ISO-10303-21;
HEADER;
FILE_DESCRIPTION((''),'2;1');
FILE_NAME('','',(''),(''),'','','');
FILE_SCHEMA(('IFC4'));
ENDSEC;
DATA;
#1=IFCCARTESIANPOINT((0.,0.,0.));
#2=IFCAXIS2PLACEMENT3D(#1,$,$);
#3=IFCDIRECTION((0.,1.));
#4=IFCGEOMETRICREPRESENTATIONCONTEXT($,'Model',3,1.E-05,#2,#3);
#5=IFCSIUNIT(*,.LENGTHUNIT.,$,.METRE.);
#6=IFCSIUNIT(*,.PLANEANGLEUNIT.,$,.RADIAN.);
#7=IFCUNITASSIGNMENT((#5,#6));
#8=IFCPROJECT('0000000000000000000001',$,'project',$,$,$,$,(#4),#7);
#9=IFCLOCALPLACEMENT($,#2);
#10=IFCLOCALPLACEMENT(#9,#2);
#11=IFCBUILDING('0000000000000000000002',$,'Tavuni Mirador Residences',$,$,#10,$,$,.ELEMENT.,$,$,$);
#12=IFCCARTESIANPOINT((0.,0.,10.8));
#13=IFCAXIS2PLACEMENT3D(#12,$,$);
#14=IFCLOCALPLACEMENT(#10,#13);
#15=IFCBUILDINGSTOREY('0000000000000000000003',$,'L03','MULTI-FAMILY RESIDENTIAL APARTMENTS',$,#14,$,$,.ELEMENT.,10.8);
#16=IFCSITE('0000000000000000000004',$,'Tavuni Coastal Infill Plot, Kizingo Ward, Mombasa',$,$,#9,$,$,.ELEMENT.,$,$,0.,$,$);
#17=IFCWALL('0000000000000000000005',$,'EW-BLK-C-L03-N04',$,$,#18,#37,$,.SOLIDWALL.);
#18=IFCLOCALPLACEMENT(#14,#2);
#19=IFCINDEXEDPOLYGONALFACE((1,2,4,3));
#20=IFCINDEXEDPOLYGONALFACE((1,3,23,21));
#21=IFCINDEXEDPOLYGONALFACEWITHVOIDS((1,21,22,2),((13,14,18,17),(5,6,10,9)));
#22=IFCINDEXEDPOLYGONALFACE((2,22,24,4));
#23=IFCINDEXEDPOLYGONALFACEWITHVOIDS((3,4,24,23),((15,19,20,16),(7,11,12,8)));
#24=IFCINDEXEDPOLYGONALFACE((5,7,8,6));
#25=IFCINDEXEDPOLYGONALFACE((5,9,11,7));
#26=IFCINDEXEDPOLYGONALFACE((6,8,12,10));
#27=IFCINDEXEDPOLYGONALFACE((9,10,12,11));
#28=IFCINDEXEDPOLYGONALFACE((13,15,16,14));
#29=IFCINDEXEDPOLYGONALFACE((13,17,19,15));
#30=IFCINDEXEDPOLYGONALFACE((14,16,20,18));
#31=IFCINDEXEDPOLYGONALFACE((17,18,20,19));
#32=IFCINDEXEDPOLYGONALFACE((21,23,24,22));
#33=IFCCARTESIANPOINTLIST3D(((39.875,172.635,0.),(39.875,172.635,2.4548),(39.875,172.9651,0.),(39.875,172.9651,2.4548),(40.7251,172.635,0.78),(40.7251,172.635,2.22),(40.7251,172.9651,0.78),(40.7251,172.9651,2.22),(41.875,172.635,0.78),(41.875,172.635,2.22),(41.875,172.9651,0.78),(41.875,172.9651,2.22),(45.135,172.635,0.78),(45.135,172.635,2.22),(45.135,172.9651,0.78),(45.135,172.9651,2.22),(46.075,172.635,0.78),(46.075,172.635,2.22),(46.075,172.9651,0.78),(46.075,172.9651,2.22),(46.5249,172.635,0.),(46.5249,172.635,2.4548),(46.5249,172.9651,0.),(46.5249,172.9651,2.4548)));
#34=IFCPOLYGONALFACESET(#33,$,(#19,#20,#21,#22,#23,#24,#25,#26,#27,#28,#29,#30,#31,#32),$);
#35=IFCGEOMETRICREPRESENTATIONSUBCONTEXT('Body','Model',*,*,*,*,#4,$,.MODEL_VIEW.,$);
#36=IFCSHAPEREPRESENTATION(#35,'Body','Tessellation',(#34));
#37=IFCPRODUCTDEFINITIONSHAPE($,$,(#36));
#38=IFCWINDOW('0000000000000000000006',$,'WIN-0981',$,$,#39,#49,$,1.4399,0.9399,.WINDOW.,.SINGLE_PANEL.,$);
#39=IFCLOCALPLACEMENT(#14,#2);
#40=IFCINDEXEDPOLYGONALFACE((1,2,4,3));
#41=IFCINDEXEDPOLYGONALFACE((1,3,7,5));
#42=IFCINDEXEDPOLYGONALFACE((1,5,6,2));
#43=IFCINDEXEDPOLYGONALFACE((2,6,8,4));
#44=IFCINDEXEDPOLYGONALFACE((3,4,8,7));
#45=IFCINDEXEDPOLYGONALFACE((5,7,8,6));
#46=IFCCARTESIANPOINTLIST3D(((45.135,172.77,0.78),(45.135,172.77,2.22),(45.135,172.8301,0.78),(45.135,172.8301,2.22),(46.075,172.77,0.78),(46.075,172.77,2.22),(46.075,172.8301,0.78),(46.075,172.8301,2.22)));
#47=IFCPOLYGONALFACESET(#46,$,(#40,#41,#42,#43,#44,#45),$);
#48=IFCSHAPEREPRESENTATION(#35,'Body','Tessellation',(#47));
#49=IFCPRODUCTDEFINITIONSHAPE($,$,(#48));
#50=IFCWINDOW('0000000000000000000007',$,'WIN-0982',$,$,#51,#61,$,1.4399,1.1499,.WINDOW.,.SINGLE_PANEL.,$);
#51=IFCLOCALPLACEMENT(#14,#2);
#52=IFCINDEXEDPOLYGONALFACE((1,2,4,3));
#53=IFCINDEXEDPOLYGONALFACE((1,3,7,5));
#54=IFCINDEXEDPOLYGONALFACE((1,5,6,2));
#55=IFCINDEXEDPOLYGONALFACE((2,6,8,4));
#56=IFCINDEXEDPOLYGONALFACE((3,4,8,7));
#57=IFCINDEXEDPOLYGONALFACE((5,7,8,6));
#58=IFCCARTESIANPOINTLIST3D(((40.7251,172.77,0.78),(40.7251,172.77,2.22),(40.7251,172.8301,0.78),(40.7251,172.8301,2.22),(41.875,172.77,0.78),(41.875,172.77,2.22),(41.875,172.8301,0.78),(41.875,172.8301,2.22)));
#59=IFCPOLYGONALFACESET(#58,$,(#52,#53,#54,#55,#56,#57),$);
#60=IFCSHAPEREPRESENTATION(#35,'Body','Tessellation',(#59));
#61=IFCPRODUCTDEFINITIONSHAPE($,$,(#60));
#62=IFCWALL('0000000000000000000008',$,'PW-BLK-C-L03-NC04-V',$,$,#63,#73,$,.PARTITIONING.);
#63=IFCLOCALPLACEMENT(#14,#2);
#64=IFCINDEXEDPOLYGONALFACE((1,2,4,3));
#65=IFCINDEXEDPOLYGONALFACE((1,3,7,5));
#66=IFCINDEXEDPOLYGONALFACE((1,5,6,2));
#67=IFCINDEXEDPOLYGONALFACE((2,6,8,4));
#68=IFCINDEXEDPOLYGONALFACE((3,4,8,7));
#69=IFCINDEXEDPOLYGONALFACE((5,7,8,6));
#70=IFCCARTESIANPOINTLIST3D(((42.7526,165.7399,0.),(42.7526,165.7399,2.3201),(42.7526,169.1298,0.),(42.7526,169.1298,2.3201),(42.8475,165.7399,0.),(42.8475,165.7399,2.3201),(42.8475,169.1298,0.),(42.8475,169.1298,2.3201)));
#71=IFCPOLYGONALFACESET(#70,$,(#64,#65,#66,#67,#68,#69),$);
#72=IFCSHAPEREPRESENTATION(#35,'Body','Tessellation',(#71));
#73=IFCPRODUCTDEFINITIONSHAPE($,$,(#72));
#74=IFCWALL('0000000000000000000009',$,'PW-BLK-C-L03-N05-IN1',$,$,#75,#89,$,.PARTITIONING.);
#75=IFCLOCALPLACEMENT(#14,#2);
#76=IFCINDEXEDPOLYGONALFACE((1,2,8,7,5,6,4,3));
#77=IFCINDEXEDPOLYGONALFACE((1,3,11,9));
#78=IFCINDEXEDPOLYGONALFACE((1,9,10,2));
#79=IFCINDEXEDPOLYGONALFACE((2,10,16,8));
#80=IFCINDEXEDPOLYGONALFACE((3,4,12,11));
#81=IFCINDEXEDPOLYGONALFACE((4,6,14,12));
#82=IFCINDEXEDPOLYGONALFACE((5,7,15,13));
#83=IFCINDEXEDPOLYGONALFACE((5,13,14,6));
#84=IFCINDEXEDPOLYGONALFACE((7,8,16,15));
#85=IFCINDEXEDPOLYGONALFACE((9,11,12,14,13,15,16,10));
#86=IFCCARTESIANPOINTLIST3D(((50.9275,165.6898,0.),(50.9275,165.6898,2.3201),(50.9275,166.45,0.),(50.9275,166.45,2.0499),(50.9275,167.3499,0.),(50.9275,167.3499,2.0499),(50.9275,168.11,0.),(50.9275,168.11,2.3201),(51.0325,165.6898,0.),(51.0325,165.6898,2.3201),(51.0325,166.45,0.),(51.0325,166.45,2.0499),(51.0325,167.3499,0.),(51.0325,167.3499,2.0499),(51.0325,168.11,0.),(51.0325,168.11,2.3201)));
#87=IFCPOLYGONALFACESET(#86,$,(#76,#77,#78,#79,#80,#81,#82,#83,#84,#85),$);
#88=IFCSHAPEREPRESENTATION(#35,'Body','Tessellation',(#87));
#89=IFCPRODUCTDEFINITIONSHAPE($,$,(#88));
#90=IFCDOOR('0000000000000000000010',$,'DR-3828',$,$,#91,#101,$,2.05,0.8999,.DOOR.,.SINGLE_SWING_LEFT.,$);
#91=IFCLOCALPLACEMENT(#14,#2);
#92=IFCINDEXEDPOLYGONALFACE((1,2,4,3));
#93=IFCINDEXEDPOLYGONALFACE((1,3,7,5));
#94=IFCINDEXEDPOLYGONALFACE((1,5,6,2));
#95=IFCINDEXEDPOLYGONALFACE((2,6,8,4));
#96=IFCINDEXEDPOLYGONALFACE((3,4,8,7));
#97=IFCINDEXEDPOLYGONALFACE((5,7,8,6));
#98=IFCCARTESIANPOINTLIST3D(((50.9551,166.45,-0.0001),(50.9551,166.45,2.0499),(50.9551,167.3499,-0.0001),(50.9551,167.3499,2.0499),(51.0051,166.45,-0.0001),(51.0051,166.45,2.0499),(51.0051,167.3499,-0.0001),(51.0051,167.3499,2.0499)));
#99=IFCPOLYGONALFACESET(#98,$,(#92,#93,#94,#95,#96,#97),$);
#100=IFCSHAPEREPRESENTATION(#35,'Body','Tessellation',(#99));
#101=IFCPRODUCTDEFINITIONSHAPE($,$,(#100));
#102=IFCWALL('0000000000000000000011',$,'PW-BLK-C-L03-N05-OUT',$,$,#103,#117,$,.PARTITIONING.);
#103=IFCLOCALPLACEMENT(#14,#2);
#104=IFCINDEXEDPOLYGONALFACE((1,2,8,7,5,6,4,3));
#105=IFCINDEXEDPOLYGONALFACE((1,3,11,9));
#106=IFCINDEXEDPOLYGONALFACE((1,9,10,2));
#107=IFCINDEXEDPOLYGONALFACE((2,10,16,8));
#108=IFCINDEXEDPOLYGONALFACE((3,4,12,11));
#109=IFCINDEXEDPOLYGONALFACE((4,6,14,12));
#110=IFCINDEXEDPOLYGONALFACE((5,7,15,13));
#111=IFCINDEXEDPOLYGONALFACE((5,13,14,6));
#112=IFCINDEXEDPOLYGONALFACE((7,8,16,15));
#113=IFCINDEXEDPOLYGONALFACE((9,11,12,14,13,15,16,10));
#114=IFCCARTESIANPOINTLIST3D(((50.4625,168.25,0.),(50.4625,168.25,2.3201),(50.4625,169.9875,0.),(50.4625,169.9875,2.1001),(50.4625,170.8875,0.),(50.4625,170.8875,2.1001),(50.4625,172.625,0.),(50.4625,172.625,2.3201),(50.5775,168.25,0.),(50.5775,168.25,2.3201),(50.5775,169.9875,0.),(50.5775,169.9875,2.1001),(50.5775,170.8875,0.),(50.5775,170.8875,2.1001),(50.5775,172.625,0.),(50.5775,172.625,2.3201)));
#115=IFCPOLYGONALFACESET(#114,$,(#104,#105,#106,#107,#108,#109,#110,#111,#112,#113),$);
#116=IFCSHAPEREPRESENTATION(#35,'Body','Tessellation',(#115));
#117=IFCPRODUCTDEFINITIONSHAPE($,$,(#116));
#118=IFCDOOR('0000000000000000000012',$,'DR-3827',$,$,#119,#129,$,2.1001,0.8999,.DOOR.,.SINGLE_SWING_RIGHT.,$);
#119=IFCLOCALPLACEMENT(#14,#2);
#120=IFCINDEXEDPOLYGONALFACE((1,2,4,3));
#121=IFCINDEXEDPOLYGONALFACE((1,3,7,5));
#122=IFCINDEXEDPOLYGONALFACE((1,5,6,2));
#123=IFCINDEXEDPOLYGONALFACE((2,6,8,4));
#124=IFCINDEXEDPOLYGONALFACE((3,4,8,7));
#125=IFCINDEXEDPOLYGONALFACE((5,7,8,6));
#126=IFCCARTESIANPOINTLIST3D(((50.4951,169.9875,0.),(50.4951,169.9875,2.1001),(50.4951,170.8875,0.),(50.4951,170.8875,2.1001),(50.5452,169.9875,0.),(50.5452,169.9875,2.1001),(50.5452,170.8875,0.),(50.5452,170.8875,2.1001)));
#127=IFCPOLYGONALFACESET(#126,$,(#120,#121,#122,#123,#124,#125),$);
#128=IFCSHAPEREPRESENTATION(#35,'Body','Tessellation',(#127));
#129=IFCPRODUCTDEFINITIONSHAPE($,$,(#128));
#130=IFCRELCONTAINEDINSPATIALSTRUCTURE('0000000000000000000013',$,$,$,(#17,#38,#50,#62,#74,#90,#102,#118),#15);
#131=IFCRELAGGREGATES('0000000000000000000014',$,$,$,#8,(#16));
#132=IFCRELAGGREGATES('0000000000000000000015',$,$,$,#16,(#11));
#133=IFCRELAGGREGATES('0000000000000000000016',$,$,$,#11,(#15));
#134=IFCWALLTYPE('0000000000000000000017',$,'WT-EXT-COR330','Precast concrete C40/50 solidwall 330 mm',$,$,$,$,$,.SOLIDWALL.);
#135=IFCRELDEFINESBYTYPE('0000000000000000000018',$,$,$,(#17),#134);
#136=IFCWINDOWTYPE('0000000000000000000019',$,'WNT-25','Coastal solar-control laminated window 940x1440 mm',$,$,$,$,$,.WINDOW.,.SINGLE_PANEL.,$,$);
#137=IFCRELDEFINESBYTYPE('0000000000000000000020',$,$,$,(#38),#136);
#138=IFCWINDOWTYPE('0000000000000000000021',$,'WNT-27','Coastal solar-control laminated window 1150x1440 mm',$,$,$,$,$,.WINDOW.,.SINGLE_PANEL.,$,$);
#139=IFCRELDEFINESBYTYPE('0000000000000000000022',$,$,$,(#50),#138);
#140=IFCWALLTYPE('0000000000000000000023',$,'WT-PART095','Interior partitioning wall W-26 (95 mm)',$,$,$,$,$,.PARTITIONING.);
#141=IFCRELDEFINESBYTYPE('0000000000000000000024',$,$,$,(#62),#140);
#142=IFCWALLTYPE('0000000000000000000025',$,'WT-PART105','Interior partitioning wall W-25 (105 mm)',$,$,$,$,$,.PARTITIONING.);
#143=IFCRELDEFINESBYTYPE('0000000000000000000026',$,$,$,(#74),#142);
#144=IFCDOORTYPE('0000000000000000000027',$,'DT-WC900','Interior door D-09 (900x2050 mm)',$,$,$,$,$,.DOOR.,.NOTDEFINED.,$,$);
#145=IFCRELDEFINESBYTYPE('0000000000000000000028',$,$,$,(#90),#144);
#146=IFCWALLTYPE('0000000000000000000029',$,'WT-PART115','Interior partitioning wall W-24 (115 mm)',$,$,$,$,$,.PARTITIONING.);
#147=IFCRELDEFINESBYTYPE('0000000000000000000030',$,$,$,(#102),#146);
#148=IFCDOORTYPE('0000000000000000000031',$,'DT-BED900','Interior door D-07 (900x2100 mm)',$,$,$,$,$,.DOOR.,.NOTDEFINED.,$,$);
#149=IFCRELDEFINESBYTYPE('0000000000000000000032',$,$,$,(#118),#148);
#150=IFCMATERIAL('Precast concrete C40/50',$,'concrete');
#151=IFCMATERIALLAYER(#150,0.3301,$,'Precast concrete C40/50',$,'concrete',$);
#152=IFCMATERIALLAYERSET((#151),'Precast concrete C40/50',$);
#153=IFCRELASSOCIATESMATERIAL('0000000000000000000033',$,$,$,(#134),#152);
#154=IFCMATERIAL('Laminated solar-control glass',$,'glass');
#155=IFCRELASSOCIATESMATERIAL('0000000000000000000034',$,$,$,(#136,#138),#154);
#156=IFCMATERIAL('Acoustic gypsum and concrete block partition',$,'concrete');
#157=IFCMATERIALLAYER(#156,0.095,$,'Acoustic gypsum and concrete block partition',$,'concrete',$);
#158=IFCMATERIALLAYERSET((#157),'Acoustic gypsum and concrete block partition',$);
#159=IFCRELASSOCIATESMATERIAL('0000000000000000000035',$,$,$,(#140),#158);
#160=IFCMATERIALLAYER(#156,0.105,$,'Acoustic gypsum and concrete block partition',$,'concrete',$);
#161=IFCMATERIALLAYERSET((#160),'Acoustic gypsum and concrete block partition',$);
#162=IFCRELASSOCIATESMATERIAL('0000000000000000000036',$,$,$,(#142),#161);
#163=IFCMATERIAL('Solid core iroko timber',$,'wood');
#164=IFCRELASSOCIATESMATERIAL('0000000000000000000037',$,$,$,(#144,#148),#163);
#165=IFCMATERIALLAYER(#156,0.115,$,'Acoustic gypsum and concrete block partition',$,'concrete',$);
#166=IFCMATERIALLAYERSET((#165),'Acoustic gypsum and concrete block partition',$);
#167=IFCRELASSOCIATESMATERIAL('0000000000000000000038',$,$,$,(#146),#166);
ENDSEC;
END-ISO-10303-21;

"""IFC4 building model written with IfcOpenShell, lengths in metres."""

from ifc_helpers import new_model, si_unit, direction, frame, frame_2d, origin, place, context, subcontext, project, spatial, rectangle, extrude, material, layer, layer_set, type_object, element, fill, save


model = new_model("IFC4")

# Units and contexts
model_context = context("Model", 3, precision=1e-05, world=origin(), true_north=direction((0.0, 1.0)))
body_context = subcontext(model_context, "Body", "Model", "MODEL_VIEW")
ifc_project = project(units=[si_unit("LENGTHUNIT", "METRE"), si_unit("PLANEANGLEUNIT", "RADIAN")], contexts=[model_context])

# Site, building, storey
site_placement = place(None, origin())
site = spatial("IfcSite", under=ifc_project, at=site_placement, Name="Tavuni Coastal Infill Plot, Kizingo Ward, Mombasa", CompositionType="ELEMENT", RefElevation=0.0)
building_placement = place(site_placement, origin())
building = spatial("IfcBuilding", under=site, at=building_placement, Name="Tavuni Mirador Residences", CompositionType="ELEMENT")
storey_placement = place(building_placement, frame((0.0, 0.0, 10.8)))
storey = spatial("IfcBuildingStorey", under=building, at=storey_placement, Name="L03", Description="MULTI-FAMILY RESIDENTIAL APARTMENTS", CompositionType="ELEMENT", Elevation=10.8)

# Shared definitions
ifc_material_1 = material(Name="Precast concrete C40/50", Category="concrete")

# Shared definitions
ifc_material_2 = material(Name="Solid core iroko timber", Category="wood")

# Wall, openings, windows
ifc_layer_1 = layer(ifc_material_1, 0.3301, Name="Precast concrete C40/50", Category="concrete")
ifc_layer_set_1 = layer_set([ifc_layer_1], Name="Precast concrete C40/50")
wall_type_1 = type_object("IfcWallType", Name="WT-EXT-COR330", Description="Precast concrete C40/50 solidwall 330 mm", PredefinedType="SOLIDWALL", material=ifc_layer_set_1)
wall_1_placement = place(storey_placement, frame((46.5249, 172.8, 0.0), z_axis=(0.0, 0.0, 1.0), x_axis=(-1.0, 0.0, 0.0)))
wall_1 = element("IfcWall", 1, at=wall_1_placement, inside=storey, type_object=wall_type_1, Name="EW-BLK-C-L03-N04", PredefinedType="SOLIDWALL", context=body_context, shape_type="SweptSolid", body=[
    extrude(rectangle(XDim=6.6499, YDim=0.3301, at=frame_2d((3.325, 0.0))), origin(), (0.0, 0.0, 1.0), 2.4548),
])
opening_1_placement = place(wall_1_placement, frame((0.45, 0.0, 0.78)))
opening_1 = element("IfcOpeningElement", 2, at=opening_1_placement, cuts=wall_1, PredefinedType="OPENING", context=body_context, shape_type="SweptSolid", body=[
    extrude(rectangle(XDim=0.9399, YDim=1.4399, at=frame_2d((0.47, 0.72))), frame((0.0, 0.175, 0.0), z_axis=(0.0, -1.0, 0.0), x_axis=(1.0, 0.0, 0.0)), (0.0, 0.0, 1.0), 0.3501),
])
opening_2_placement = place(wall_1_placement, frame((4.6499, 0.0, 0.78)))
opening_2 = element("IfcOpeningElement", 3, at=opening_2_placement, cuts=wall_1, PredefinedType="OPENING", context=body_context, shape_type="SweptSolid", body=[
    extrude(rectangle(XDim=1.1499, YDim=1.4399, at=frame_2d((0.575, 0.72))), frame((0.0, 0.175, 0.0), z_axis=(0.0, -1.0, 0.0), x_axis=(1.0, 0.0, 0.0)), (0.0, 0.0, 1.0), 0.3501),
])
ifc_material_3 = material(Name="Laminated solar-control glass", Category="glass")
window_type_1 = type_object("IfcWindowType", Name="WNT-25", Description="Coastal solar-control laminated window 940x1440 mm", PartitioningType="SINGLE_PANEL", PredefinedType="WINDOW", material=ifc_material_3)
window_1_placement = place(opening_1_placement, origin())
window_1 = element("IfcWindow", 4, at=window_1_placement, inside=storey, type_object=window_type_1, Name="WIN-0981", OverallHeight=1.4399, OverallWidth=0.9399, PartitioningType="SINGLE_PANEL", PredefinedType="WINDOW", context=body_context, shape_type="SweptSolid", body=[
    extrude(rectangle(XDim=0.9399, YDim=1.4399, at=frame_2d((0.47, 0.72))), frame((0.0, 0.03, 0.0), z_axis=(0.0, -1.0, 0.0), x_axis=(1.0, 0.0, 0.0)), (0.0, 0.0, 1.0), 0.0601),
])
fill(opening_1, window_1)
window_type_2 = type_object("IfcWindowType", Name="WNT-27", Description="Coastal solar-control laminated window 1150x1440 mm", PartitioningType="SINGLE_PANEL", PredefinedType="WINDOW", material=ifc_material_3)
window_2_placement = place(opening_2_placement, origin())
window_2 = element("IfcWindow", 5, at=window_2_placement, inside=storey, type_object=window_type_2, Name="WIN-0982", OverallHeight=1.4399, OverallWidth=1.1499, PartitioningType="SINGLE_PANEL", PredefinedType="WINDOW", context=body_context, shape_type="SweptSolid", body=[
    extrude(rectangle(XDim=1.1499, YDim=1.4399, at=frame_2d((0.575, 0.72))), frame((0.0, 0.03, 0.0), z_axis=(0.0, -1.0, 0.0), x_axis=(1.0, 0.0, 0.0)), (0.0, 0.0, 1.0), 0.0601),
])
fill(opening_2, window_2)

# Wall
ifc_material_4 = material(Name="Acoustic gypsum and concrete block partition", Category="concrete")
ifc_layer_2 = layer(ifc_material_4, 0.095, Name="Acoustic gypsum and concrete block partition", Category="concrete")
ifc_layer_set_2 = layer_set([ifc_layer_2], Name="Acoustic gypsum and concrete block partition")
wall_type_2 = type_object("IfcWallType", Name="WT-PART095", Description="Interior partitioning wall W-26 (95 mm)", PredefinedType="PARTITIONING", material=ifc_layer_set_2)
wall_2_placement = place(storey_placement, frame((42.8, 165.74, 0.0), z_axis=(0.0, 0.0, 1.0), x_axis=(0.0, 1.0, 0.0)))
element("IfcWall", 6, at=wall_2_placement, inside=storey, type_object=wall_type_2, Name="PW-BLK-C-L03-NC04-V", PredefinedType="PARTITIONING", context=body_context, shape_type="SweptSolid", body=[
    extrude(rectangle(XDim=3.3899, YDim=0.095, at=frame_2d((1.6948, 0.0))), origin(), (0.0, 0.0, 1.0), 2.3201),
])

# Walls, openings, doors
ifc_layer_3 = layer(ifc_material_4, 0.105, Name="Acoustic gypsum and concrete block partition", Category="concrete")
ifc_layer_set_3 = layer_set([ifc_layer_3], Name="Acoustic gypsum and concrete block partition")
wall_type_3 = type_object("IfcWallType", Name="WT-PART105", Description="Interior partitioning wall W-25 (105 mm)", PredefinedType="PARTITIONING", material=ifc_layer_set_3)
wall_3_placement = place(storey_placement, frame((50.98, 165.6899, 0.0), z_axis=(0.0, 0.0, 1.0), x_axis=(0.0, 1.0, 0.0)))
wall_3 = element("IfcWall", 7, at=wall_3_placement, inside=storey, type_object=wall_type_3, Name="PW-BLK-C-L03-N05-IN1", PredefinedType="PARTITIONING", context=body_context, shape_type="SweptSolid", body=[
    extrude(rectangle(XDim=2.4202, YDim=0.105, at=frame_2d((1.21, 0.0))), origin(), (0.0, 0.0, 1.0), 2.3201),
])
opening_3_placement = place(wall_3_placement, frame((0.76, 0.0, 0.0)))
opening_3 = element("IfcOpeningElement", 8, at=opening_3_placement, cuts=wall_3, PredefinedType="OPENING", context=body_context, shape_type="SweptSolid", body=[
    extrude(rectangle(XDim=0.8999, YDim=2.05, at=frame_2d((0.45, 1.0249))), frame((0.0, 0.0625, 0.0), z_axis=(0.0, -1.0, 0.0), x_axis=(1.0, 0.0, 0.0)), (0.0, 0.0, 1.0), 0.125),
])
door_type_1 = type_object("IfcDoorType", Name="DT-WC900", Description="Interior door D-09 (900x2050 mm)", OperationType="NOTDEFINED", PredefinedType="DOOR", material=ifc_material_2)
door_1_placement = place(opening_3_placement, origin())
door_1 = element("IfcDoor", 9, at=door_1_placement, inside=storey, type_object=door_type_1, Name="DR-3828", OperationType="SINGLE_SWING_LEFT", OverallHeight=2.05, OverallWidth=0.8999, PredefinedType="DOOR", context=body_context, shape_type="SweptSolid", body=[
    extrude(rectangle(XDim=0.8999, YDim=2.05, at=frame_2d((0.45, 1.0249))), frame((0.0, 0.0249, 0.0), z_axis=(0.0, -1.0, 0.0), x_axis=(1.0, 0.0, 0.0)), (0.0, 0.0, 1.0), 0.05),
])
fill(opening_3, door_1)
ifc_layer_4 = layer(ifc_material_4, 0.115, Name="Acoustic gypsum and concrete block partition", Category="concrete")
ifc_layer_set_4 = layer_set([ifc_layer_4], Name="Acoustic gypsum and concrete block partition")
wall_type_4 = type_object("IfcWallType", Name="WT-PART115", Description="Interior partitioning wall W-24 (115 mm)", PredefinedType="PARTITIONING", material=ifc_layer_set_4)
wall_4_placement = place(storey_placement, frame((50.52, 168.25, 0.0), z_axis=(0.0, 0.0, 1.0), x_axis=(0.0, 1.0, 0.0)))
wall_4 = element("IfcWall", 10, at=wall_4_placement, inside=storey, type_object=wall_type_4, Name="PW-BLK-C-L03-N05-OUT", PredefinedType="PARTITIONING", context=body_context, shape_type="SweptSolid", body=[
    extrude(rectangle(XDim=4.375, YDim=0.115, at=frame_2d((2.1875, 0.0))), origin(), (0.0, 0.0, 1.0), 2.3201),
])
opening_4_placement = place(wall_4_placement, frame((1.7375, 0.0, 0.0)))
opening_4 = element("IfcOpeningElement", 11, at=opening_4_placement, cuts=wall_4, PredefinedType="OPENING", context=body_context, shape_type="SweptSolid", body=[
    extrude(rectangle(XDim=0.8999, YDim=2.1001, at=frame_2d((0.45, 1.05))), frame((0.0, 0.0674, 0.0), z_axis=(0.0, -1.0, 0.0), x_axis=(1.0, 0.0, 0.0)), (0.0, 0.0, 1.0), 0.135),
])
door_type_2 = type_object("IfcDoorType", Name="DT-BED900", Description="Interior door D-07 (900x2100 mm)", OperationType="NOTDEFINED", PredefinedType="DOOR", material=ifc_material_2)
door_2_placement = place(opening_4_placement, origin())
door_2 = element("IfcDoor", 12, at=door_2_placement, inside=storey, type_object=door_type_2, Name="DR-3827", OperationType="SINGLE_SWING_RIGHT", OverallHeight=2.1001, OverallWidth=0.8999, PredefinedType="DOOR", context=body_context, shape_type="SweptSolid", body=[
    extrude(rectangle(XDim=0.8999, YDim=2.1001, at=frame_2d((0.45, 1.05))), frame((0.0, 0.0249, 0.0), z_axis=(0.0, -1.0, 0.0), x_axis=(1.0, 0.0, 0.0)), (0.0, 0.0, 1.0), 0.05),
])
fill(opening_4, door_2)

save(model, "model.ifc")
